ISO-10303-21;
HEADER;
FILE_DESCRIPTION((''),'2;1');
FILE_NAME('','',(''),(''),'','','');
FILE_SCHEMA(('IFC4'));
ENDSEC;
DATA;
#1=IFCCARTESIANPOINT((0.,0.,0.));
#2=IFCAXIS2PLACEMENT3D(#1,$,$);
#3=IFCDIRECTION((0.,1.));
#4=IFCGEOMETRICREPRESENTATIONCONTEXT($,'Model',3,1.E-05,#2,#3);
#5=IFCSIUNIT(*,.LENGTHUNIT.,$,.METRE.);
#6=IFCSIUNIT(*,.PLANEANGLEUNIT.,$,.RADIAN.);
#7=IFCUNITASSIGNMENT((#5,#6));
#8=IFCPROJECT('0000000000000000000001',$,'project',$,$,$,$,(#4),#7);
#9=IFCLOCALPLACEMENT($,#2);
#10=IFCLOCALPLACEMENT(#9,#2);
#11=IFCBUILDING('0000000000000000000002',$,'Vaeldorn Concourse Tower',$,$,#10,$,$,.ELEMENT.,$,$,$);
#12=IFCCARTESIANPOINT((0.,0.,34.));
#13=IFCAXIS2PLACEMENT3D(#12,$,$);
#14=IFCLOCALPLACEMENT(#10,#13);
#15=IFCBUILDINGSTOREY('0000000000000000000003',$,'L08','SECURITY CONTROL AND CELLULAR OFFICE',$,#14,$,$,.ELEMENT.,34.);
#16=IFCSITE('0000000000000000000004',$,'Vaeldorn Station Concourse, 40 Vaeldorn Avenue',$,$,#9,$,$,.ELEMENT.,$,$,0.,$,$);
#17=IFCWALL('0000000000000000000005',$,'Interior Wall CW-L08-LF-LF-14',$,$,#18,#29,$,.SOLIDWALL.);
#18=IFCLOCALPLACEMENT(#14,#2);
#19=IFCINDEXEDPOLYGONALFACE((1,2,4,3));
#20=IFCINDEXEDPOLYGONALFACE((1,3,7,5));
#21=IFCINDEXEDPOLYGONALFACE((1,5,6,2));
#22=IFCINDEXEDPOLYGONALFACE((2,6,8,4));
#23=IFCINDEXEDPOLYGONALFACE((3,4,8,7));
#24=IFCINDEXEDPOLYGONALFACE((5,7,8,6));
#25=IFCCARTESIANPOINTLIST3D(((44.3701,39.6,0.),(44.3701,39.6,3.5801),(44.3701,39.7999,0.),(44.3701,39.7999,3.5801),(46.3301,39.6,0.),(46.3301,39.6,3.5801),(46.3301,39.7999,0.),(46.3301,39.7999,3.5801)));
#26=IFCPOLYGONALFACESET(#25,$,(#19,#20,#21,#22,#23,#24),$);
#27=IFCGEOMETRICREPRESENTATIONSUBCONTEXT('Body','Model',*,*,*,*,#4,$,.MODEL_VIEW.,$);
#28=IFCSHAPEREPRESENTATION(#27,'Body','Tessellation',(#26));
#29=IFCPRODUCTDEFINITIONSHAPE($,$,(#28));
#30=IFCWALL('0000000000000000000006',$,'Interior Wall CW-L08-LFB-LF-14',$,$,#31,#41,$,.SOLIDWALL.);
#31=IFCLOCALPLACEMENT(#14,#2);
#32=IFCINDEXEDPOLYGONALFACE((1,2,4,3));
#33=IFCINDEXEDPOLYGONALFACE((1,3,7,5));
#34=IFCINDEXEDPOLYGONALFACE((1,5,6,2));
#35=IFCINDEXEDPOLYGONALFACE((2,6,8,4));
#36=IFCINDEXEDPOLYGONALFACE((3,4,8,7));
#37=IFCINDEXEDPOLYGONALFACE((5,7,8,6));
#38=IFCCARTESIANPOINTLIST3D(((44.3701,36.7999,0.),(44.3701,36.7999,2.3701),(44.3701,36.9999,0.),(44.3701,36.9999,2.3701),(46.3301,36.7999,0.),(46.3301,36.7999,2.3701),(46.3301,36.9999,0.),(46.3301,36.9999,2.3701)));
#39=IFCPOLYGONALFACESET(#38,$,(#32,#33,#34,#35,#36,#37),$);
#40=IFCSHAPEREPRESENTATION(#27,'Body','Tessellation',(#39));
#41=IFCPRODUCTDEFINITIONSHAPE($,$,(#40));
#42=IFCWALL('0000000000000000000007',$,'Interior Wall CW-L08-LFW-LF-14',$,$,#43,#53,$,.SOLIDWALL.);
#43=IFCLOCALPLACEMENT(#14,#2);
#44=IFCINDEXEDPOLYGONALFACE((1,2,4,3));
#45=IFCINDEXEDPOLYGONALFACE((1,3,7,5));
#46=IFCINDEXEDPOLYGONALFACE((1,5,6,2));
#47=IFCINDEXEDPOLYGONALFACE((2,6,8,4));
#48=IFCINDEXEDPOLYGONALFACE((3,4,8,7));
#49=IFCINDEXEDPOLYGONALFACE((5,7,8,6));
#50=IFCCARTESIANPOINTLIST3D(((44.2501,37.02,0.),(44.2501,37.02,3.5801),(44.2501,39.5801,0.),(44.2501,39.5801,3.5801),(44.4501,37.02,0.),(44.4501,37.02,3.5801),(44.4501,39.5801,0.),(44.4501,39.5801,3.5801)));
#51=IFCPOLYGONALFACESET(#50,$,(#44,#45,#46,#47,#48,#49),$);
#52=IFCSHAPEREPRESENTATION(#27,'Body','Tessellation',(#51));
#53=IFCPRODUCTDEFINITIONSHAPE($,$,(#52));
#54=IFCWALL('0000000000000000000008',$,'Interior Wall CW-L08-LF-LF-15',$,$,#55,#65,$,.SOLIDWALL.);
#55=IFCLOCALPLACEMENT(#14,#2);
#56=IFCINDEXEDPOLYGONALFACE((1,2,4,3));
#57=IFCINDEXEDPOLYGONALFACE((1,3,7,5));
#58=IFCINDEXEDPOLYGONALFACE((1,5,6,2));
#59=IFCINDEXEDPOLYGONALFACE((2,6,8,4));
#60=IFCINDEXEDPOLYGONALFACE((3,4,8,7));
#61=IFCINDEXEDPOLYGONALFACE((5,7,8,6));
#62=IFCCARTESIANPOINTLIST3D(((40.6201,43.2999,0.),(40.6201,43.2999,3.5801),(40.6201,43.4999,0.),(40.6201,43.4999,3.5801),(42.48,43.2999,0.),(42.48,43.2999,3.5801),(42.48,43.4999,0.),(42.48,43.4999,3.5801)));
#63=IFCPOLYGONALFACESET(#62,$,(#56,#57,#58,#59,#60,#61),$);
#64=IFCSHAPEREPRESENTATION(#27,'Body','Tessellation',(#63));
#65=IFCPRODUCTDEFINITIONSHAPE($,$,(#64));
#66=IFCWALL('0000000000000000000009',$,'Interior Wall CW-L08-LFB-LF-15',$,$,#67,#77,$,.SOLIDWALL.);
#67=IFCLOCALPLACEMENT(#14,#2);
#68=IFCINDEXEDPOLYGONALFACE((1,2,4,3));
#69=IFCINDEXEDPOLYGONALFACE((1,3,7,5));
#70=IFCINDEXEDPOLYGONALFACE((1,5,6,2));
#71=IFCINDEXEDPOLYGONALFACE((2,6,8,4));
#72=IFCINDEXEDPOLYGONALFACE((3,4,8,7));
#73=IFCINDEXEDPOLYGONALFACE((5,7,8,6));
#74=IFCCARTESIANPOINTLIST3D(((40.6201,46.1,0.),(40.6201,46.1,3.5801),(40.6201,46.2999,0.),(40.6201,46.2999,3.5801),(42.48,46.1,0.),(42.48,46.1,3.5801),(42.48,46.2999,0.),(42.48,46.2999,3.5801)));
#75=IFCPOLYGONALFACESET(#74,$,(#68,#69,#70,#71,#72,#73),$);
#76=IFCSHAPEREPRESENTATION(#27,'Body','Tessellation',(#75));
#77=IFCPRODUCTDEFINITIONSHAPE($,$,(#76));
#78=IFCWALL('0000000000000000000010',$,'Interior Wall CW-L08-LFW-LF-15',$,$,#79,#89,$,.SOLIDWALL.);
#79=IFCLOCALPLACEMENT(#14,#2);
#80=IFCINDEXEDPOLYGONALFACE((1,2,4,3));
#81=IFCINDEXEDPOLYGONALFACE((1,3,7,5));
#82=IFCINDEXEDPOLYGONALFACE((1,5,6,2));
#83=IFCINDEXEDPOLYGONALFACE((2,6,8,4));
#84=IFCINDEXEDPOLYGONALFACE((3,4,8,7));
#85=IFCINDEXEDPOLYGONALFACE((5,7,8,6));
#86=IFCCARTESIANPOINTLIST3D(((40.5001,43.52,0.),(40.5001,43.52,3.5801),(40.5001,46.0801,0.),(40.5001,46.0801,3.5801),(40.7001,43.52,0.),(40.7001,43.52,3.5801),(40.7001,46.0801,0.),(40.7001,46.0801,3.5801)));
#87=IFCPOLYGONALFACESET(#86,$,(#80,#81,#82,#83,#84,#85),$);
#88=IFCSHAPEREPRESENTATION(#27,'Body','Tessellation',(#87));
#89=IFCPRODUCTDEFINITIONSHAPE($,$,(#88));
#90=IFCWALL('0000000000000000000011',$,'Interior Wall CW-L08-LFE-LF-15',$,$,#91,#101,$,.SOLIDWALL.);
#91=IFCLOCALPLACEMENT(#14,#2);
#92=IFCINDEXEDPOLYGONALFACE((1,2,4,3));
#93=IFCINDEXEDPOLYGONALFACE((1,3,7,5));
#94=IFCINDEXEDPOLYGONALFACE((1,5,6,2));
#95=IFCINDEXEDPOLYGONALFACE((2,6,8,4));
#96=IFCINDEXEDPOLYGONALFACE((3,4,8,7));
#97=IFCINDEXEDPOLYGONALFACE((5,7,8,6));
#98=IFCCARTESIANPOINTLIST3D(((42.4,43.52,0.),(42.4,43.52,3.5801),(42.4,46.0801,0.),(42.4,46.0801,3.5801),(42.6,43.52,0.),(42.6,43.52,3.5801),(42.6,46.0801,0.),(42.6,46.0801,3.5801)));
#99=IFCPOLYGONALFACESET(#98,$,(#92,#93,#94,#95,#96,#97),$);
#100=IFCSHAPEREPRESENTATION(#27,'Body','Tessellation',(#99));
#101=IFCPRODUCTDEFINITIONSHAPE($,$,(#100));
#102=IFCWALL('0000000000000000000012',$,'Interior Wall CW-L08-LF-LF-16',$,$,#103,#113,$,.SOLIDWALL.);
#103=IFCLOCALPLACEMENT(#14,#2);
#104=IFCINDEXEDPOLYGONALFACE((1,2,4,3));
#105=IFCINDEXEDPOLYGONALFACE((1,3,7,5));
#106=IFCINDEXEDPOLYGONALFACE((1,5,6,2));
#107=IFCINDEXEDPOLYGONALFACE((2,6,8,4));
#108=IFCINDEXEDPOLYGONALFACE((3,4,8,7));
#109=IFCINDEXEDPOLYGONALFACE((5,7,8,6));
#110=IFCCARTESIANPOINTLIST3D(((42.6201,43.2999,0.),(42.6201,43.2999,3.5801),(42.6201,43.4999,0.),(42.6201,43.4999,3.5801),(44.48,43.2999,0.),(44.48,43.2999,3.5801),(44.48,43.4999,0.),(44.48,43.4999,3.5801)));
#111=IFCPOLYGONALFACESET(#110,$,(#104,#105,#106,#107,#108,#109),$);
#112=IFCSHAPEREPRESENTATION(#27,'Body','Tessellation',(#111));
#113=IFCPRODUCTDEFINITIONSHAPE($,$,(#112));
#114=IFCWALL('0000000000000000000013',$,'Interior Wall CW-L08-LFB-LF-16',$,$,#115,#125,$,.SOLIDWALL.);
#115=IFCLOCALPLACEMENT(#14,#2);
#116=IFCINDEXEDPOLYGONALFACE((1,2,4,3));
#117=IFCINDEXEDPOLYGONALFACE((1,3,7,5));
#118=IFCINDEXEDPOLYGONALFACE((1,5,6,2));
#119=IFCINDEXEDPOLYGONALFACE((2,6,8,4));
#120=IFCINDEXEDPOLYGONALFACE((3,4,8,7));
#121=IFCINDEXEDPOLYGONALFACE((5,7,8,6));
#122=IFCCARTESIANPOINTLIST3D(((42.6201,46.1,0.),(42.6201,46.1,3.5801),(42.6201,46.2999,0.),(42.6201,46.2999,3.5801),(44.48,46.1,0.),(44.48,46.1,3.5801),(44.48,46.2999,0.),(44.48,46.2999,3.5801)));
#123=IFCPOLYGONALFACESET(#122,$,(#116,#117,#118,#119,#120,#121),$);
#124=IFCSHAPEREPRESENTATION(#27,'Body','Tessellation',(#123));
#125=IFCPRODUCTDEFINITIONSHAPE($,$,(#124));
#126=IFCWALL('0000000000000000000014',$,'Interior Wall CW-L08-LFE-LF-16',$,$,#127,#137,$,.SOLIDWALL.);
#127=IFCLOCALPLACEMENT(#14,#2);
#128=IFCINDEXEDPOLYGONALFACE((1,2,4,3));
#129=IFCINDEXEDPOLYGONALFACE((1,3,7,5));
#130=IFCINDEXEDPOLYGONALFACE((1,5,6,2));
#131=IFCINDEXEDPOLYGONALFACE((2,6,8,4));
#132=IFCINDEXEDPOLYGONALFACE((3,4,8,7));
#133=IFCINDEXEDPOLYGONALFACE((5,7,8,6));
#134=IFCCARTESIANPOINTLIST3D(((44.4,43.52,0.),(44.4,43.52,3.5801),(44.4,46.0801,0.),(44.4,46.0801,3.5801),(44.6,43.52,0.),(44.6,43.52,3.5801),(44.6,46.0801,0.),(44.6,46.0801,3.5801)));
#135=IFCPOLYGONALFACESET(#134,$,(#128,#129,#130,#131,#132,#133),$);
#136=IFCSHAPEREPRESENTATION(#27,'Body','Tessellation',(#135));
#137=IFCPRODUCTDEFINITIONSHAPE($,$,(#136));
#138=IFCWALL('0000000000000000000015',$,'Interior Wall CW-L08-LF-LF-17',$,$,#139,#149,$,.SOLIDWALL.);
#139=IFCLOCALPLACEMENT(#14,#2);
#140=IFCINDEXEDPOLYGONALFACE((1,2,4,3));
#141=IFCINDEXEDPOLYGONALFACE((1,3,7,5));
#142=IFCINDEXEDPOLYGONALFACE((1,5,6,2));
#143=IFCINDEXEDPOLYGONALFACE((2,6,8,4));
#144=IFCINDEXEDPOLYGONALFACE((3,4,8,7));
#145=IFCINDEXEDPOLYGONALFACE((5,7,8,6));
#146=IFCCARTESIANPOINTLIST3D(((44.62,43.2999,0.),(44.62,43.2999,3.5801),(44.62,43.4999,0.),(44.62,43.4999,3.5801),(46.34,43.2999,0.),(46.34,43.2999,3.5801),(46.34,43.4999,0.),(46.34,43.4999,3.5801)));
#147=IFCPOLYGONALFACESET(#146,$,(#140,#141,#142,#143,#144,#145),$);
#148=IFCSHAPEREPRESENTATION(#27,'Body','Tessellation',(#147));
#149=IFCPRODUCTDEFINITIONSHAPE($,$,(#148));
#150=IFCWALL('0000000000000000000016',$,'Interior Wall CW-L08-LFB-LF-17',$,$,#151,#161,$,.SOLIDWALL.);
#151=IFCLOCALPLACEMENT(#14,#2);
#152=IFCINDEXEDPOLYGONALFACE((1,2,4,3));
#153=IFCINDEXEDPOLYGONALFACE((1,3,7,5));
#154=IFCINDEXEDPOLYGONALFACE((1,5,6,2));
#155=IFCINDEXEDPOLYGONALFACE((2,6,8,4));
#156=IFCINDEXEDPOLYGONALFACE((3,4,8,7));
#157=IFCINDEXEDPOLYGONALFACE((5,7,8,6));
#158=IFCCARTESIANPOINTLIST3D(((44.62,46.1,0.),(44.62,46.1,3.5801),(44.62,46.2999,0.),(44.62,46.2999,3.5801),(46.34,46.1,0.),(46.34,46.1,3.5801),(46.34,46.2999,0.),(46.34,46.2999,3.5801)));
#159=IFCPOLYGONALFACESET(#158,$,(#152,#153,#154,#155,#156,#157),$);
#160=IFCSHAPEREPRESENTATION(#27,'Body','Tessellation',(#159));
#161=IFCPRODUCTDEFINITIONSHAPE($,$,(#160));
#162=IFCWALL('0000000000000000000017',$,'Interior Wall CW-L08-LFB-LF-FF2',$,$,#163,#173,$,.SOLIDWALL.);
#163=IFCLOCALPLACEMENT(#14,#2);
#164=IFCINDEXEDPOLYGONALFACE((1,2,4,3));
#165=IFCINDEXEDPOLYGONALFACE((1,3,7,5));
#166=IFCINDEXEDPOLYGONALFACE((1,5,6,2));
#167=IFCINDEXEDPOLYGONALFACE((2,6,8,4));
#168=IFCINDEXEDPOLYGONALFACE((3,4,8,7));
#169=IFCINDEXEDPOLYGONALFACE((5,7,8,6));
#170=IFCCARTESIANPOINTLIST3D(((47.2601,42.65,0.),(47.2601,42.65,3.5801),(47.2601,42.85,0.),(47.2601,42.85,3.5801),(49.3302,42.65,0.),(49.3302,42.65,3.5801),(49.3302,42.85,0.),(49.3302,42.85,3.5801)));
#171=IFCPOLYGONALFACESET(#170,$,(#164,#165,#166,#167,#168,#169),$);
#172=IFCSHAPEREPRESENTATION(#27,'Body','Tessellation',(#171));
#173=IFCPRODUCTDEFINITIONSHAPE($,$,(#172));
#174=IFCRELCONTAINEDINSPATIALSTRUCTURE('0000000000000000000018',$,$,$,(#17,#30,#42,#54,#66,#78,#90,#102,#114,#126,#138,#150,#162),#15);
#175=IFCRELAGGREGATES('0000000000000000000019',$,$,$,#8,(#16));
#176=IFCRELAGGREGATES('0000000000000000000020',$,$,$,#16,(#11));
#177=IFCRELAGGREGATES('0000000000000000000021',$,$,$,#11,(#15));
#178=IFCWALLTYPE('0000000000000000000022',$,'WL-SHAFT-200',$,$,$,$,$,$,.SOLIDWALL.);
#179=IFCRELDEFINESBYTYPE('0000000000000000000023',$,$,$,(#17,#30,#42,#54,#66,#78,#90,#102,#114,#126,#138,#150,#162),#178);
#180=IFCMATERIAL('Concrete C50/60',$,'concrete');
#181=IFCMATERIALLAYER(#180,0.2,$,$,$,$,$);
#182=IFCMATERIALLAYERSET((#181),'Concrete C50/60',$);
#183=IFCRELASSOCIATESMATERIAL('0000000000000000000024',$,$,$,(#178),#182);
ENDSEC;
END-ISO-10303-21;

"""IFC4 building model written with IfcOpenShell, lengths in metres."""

from ifc_helpers import new_model, si_unit, direction, frame, frame_2d, origin, place, context, subcontext, project, spatial, rectangle, extrude, material, layer, layer_set, type_object, element, save


model = new_model("IFC4")

# Units and contexts
model_context = context("Model", 3, precision=1e-05, world=origin(), true_north=direction((0.0, 1.0)))
body_context = subcontext(model_context, "Body", "Model", "MODEL_VIEW")
ifc_project = project(units=[si_unit("LENGTHUNIT", "METRE"), si_unit("PLANEANGLEUNIT", "RADIAN")], contexts=[model_context])

# Site, building, storey
site_placement = place(None, origin())
site = spatial("IfcSite", under=ifc_project, at=site_placement, Name="Vaeldorn Station Concourse, 40 Vaeldorn Avenue", CompositionType="ELEMENT", RefElevation=0.0)
building_placement = place(site_placement, origin())
building = spatial("IfcBuilding", under=site, at=building_placement, Name="Vaeldorn Concourse Tower", CompositionType="ELEMENT")
storey_placement = place(building_placement, frame((0.0, 0.0, 34.0)))
storey = spatial("IfcBuildingStorey", under=building, at=storey_placement, Name="L08", Description="SECURITY CONTROL AND CELLULAR OFFICE", CompositionType="ELEMENT", Elevation=34.0)

# Shared definitions
ifc_material_1 = material(Name="Concrete C50/60", Category="concrete")
ifc_layer_1 = layer(ifc_material_1, 0.2)
ifc_layer_set_1 = layer_set([ifc_layer_1], Name="Concrete C50/60")
wall_type_1 = type_object("IfcWallType", Name="WL-SHAFT-200", PredefinedType="SOLIDWALL", material=ifc_layer_set_1)

# Walls
wall_1_placement = place(storey_placement, frame((44.3701, 39.7, 0.0), z_axis=(0.0, 0.0, 1.0), x_axis=(1.0, 0.0, 0.0)))
element("IfcWall", 1, at=wall_1_placement, inside=storey, type_object=wall_type_1, Name="Interior Wall CW-L08-LF-LF-14", PredefinedType="SOLIDWALL", context=body_context, shape_type="SweptSolid", body=[
    extrude(rectangle(XDim=1.96, YDim=0.2, at=frame_2d((0.98, 0.0))), origin(), (0.0, 0.0, 1.0), 3.5801),
])
wall_2_placement = place(storey_placement, frame((44.3701, 36.8999, 0.0), z_axis=(0.0, 0.0, 1.0), x_axis=(1.0, 0.0, 0.0)))
element("IfcWall", 2, at=wall_2_placement, inside=storey, type_object=wall_type_1, Name="Interior Wall CW-L08-LFB-LF-14", PredefinedType="SOLIDWALL", context=body_context, shape_type="SweptSolid", body=[
    extrude(rectangle(XDim=1.96, YDim=0.2, at=frame_2d((0.98, 0.0))), origin(), (0.0, 0.0, 1.0), 2.3701),
])
wall_3_placement = place(storey_placement, frame((44.3501, 37.02, 0.0), z_axis=(0.0, 0.0, 1.0), x_axis=(0.0, 1.0, 0.0)))
element("IfcWall", 3, at=wall_3_placement, inside=storey, type_object=wall_type_1, Name="Interior Wall CW-L08-LFW-LF-14", PredefinedType="SOLIDWALL", context=body_context, shape_type="SweptSolid", body=[
    extrude(rectangle(XDim=2.5601, YDim=0.2, at=frame_2d((1.28, 0.0))), origin(), (0.0, 0.0, 1.0), 3.5801),
])
for number, where, z_axis, x_axis, name in (
    (4, (40.6201, 43.3999, 0.0), (0.0, 0.0, 1.0), (1.0, 0.0, 0.0), "Interior Wall CW-L08-LF-LF-15"),
    (5, (40.6201, 46.2, 0.0), (0.0, 0.0, 1.0), (1.0, 0.0, 0.0), "Interior Wall CW-L08-LFB-LF-15"),
):
    element("IfcWall", number, at=place(storey_placement, frame(where, z_axis=z_axis, x_axis=x_axis)), inside=storey, type_object=wall_type_1, Name=name, PredefinedType="SOLIDWALL", context=body_context, shape_type="SweptSolid", body=[
        extrude(rectangle(XDim=1.8599, YDim=0.2, at=frame_2d((0.9299, 0.0))), origin(), (0.0, 0.0, 1.0), 3.5801),
    ])
for number, where, z_axis, x_axis, name in (
    (6, (40.6001, 43.52, 0.0), (0.0, 0.0, 1.0), (0.0, 1.0, 0.0), "Interior Wall CW-L08-LFW-LF-15"),
    (7, (42.5, 43.52, 0.0), (0.0, 0.0, 1.0), (0.0, 1.0, 0.0), "Interior Wall CW-L08-LFE-LF-15"),
):
    element("IfcWall", number, at=place(storey_placement, frame(where, z_axis=z_axis, x_axis=x_axis)), inside=storey, type_object=wall_type_1, Name=name, PredefinedType="SOLIDWALL", context=body_context, shape_type="SweptSolid", body=[
        extrude(rectangle(XDim=2.5601, YDim=0.2, at=frame_2d((1.28, 0.0))), origin(), (0.0, 0.0, 1.0), 3.5801),
    ])
for number, where, z_axis, x_axis, name in (
    (8, (42.6201, 43.3999, 0.0), (0.0, 0.0, 1.0), (1.0, 0.0, 0.0), "Interior Wall CW-L08-LF-LF-16"),
    (9, (42.6201, 46.2, 0.0), (0.0, 0.0, 1.0), (1.0, 0.0, 0.0), "Interior Wall CW-L08-LFB-LF-16"),
):
    element("IfcWall", number, at=place(storey_placement, frame(where, z_axis=z_axis, x_axis=x_axis)), inside=storey, type_object=wall_type_1, Name=name, PredefinedType="SOLIDWALL", context=body_context, shape_type="SweptSolid", body=[
        extrude(rectangle(XDim=1.8599, YDim=0.2, at=frame_2d((0.9299, 0.0))), origin(), (0.0, 0.0, 1.0), 3.5801),
    ])
wall_4_placement = place(storey_placement, frame((44.5, 43.52, 0.0), z_axis=(0.0, 0.0, 1.0), x_axis=(0.0, 1.0, 0.0)))
element("IfcWall", 10, at=wall_4_placement, inside=storey, type_object=wall_type_1, Name="Interior Wall CW-L08-LFE-LF-16", PredefinedType="SOLIDWALL", context=body_context, shape_type="SweptSolid", body=[
    extrude(rectangle(XDim=2.5601, YDim=0.2, at=frame_2d((1.28, 0.0))), origin(), (0.0, 0.0, 1.0), 3.5801),
])
for number, where, z_axis, x_axis, name in (
    (11, (44.6201, 43.3999, 0.0), (0.0, 0.0, 1.0), (1.0, 0.0, 0.0), "Interior Wall CW-L08-LF-LF-17"),
    (12, (44.6201, 46.2, 0.0), (0.0, 0.0, 1.0), (1.0, 0.0, 0.0), "Interior Wall CW-L08-LFB-LF-17"),
):
    element("IfcWall", number, at=place(storey_placement, frame(where, z_axis=z_axis, x_axis=x_axis)), inside=storey, type_object=wall_type_1, Name=name, PredefinedType="SOLIDWALL", context=body_context, shape_type="SweptSolid", body=[
        extrude(rectangle(XDim=1.72, YDim=0.2, at=frame_2d((0.8599, 0.0))), origin(), (0.0, 0.0, 1.0), 3.5801),
    ])

# Wall
wall_5_placement = place(storey_placement, frame((47.26, 42.75, 0.0), z_axis=(0.0, 0.0, 1.0), x_axis=(1.0, 0.0, 0.0)))
element("IfcWall", 13, at=wall_5_placement, inside=storey, type_object=wall_type_1, Name="Interior Wall CW-L08-LFB-LF-FF2", PredefinedType="SOLIDWALL", context=body_context, shape_type="SweptSolid", body=[
    extrude(rectangle(XDim=2.0701, YDim=0.2, at=frame_2d((1.0352, 0.0))), origin(), (0.0, 0.0, 1.0), 3.5801),
])

save(model, "model.ifc")
